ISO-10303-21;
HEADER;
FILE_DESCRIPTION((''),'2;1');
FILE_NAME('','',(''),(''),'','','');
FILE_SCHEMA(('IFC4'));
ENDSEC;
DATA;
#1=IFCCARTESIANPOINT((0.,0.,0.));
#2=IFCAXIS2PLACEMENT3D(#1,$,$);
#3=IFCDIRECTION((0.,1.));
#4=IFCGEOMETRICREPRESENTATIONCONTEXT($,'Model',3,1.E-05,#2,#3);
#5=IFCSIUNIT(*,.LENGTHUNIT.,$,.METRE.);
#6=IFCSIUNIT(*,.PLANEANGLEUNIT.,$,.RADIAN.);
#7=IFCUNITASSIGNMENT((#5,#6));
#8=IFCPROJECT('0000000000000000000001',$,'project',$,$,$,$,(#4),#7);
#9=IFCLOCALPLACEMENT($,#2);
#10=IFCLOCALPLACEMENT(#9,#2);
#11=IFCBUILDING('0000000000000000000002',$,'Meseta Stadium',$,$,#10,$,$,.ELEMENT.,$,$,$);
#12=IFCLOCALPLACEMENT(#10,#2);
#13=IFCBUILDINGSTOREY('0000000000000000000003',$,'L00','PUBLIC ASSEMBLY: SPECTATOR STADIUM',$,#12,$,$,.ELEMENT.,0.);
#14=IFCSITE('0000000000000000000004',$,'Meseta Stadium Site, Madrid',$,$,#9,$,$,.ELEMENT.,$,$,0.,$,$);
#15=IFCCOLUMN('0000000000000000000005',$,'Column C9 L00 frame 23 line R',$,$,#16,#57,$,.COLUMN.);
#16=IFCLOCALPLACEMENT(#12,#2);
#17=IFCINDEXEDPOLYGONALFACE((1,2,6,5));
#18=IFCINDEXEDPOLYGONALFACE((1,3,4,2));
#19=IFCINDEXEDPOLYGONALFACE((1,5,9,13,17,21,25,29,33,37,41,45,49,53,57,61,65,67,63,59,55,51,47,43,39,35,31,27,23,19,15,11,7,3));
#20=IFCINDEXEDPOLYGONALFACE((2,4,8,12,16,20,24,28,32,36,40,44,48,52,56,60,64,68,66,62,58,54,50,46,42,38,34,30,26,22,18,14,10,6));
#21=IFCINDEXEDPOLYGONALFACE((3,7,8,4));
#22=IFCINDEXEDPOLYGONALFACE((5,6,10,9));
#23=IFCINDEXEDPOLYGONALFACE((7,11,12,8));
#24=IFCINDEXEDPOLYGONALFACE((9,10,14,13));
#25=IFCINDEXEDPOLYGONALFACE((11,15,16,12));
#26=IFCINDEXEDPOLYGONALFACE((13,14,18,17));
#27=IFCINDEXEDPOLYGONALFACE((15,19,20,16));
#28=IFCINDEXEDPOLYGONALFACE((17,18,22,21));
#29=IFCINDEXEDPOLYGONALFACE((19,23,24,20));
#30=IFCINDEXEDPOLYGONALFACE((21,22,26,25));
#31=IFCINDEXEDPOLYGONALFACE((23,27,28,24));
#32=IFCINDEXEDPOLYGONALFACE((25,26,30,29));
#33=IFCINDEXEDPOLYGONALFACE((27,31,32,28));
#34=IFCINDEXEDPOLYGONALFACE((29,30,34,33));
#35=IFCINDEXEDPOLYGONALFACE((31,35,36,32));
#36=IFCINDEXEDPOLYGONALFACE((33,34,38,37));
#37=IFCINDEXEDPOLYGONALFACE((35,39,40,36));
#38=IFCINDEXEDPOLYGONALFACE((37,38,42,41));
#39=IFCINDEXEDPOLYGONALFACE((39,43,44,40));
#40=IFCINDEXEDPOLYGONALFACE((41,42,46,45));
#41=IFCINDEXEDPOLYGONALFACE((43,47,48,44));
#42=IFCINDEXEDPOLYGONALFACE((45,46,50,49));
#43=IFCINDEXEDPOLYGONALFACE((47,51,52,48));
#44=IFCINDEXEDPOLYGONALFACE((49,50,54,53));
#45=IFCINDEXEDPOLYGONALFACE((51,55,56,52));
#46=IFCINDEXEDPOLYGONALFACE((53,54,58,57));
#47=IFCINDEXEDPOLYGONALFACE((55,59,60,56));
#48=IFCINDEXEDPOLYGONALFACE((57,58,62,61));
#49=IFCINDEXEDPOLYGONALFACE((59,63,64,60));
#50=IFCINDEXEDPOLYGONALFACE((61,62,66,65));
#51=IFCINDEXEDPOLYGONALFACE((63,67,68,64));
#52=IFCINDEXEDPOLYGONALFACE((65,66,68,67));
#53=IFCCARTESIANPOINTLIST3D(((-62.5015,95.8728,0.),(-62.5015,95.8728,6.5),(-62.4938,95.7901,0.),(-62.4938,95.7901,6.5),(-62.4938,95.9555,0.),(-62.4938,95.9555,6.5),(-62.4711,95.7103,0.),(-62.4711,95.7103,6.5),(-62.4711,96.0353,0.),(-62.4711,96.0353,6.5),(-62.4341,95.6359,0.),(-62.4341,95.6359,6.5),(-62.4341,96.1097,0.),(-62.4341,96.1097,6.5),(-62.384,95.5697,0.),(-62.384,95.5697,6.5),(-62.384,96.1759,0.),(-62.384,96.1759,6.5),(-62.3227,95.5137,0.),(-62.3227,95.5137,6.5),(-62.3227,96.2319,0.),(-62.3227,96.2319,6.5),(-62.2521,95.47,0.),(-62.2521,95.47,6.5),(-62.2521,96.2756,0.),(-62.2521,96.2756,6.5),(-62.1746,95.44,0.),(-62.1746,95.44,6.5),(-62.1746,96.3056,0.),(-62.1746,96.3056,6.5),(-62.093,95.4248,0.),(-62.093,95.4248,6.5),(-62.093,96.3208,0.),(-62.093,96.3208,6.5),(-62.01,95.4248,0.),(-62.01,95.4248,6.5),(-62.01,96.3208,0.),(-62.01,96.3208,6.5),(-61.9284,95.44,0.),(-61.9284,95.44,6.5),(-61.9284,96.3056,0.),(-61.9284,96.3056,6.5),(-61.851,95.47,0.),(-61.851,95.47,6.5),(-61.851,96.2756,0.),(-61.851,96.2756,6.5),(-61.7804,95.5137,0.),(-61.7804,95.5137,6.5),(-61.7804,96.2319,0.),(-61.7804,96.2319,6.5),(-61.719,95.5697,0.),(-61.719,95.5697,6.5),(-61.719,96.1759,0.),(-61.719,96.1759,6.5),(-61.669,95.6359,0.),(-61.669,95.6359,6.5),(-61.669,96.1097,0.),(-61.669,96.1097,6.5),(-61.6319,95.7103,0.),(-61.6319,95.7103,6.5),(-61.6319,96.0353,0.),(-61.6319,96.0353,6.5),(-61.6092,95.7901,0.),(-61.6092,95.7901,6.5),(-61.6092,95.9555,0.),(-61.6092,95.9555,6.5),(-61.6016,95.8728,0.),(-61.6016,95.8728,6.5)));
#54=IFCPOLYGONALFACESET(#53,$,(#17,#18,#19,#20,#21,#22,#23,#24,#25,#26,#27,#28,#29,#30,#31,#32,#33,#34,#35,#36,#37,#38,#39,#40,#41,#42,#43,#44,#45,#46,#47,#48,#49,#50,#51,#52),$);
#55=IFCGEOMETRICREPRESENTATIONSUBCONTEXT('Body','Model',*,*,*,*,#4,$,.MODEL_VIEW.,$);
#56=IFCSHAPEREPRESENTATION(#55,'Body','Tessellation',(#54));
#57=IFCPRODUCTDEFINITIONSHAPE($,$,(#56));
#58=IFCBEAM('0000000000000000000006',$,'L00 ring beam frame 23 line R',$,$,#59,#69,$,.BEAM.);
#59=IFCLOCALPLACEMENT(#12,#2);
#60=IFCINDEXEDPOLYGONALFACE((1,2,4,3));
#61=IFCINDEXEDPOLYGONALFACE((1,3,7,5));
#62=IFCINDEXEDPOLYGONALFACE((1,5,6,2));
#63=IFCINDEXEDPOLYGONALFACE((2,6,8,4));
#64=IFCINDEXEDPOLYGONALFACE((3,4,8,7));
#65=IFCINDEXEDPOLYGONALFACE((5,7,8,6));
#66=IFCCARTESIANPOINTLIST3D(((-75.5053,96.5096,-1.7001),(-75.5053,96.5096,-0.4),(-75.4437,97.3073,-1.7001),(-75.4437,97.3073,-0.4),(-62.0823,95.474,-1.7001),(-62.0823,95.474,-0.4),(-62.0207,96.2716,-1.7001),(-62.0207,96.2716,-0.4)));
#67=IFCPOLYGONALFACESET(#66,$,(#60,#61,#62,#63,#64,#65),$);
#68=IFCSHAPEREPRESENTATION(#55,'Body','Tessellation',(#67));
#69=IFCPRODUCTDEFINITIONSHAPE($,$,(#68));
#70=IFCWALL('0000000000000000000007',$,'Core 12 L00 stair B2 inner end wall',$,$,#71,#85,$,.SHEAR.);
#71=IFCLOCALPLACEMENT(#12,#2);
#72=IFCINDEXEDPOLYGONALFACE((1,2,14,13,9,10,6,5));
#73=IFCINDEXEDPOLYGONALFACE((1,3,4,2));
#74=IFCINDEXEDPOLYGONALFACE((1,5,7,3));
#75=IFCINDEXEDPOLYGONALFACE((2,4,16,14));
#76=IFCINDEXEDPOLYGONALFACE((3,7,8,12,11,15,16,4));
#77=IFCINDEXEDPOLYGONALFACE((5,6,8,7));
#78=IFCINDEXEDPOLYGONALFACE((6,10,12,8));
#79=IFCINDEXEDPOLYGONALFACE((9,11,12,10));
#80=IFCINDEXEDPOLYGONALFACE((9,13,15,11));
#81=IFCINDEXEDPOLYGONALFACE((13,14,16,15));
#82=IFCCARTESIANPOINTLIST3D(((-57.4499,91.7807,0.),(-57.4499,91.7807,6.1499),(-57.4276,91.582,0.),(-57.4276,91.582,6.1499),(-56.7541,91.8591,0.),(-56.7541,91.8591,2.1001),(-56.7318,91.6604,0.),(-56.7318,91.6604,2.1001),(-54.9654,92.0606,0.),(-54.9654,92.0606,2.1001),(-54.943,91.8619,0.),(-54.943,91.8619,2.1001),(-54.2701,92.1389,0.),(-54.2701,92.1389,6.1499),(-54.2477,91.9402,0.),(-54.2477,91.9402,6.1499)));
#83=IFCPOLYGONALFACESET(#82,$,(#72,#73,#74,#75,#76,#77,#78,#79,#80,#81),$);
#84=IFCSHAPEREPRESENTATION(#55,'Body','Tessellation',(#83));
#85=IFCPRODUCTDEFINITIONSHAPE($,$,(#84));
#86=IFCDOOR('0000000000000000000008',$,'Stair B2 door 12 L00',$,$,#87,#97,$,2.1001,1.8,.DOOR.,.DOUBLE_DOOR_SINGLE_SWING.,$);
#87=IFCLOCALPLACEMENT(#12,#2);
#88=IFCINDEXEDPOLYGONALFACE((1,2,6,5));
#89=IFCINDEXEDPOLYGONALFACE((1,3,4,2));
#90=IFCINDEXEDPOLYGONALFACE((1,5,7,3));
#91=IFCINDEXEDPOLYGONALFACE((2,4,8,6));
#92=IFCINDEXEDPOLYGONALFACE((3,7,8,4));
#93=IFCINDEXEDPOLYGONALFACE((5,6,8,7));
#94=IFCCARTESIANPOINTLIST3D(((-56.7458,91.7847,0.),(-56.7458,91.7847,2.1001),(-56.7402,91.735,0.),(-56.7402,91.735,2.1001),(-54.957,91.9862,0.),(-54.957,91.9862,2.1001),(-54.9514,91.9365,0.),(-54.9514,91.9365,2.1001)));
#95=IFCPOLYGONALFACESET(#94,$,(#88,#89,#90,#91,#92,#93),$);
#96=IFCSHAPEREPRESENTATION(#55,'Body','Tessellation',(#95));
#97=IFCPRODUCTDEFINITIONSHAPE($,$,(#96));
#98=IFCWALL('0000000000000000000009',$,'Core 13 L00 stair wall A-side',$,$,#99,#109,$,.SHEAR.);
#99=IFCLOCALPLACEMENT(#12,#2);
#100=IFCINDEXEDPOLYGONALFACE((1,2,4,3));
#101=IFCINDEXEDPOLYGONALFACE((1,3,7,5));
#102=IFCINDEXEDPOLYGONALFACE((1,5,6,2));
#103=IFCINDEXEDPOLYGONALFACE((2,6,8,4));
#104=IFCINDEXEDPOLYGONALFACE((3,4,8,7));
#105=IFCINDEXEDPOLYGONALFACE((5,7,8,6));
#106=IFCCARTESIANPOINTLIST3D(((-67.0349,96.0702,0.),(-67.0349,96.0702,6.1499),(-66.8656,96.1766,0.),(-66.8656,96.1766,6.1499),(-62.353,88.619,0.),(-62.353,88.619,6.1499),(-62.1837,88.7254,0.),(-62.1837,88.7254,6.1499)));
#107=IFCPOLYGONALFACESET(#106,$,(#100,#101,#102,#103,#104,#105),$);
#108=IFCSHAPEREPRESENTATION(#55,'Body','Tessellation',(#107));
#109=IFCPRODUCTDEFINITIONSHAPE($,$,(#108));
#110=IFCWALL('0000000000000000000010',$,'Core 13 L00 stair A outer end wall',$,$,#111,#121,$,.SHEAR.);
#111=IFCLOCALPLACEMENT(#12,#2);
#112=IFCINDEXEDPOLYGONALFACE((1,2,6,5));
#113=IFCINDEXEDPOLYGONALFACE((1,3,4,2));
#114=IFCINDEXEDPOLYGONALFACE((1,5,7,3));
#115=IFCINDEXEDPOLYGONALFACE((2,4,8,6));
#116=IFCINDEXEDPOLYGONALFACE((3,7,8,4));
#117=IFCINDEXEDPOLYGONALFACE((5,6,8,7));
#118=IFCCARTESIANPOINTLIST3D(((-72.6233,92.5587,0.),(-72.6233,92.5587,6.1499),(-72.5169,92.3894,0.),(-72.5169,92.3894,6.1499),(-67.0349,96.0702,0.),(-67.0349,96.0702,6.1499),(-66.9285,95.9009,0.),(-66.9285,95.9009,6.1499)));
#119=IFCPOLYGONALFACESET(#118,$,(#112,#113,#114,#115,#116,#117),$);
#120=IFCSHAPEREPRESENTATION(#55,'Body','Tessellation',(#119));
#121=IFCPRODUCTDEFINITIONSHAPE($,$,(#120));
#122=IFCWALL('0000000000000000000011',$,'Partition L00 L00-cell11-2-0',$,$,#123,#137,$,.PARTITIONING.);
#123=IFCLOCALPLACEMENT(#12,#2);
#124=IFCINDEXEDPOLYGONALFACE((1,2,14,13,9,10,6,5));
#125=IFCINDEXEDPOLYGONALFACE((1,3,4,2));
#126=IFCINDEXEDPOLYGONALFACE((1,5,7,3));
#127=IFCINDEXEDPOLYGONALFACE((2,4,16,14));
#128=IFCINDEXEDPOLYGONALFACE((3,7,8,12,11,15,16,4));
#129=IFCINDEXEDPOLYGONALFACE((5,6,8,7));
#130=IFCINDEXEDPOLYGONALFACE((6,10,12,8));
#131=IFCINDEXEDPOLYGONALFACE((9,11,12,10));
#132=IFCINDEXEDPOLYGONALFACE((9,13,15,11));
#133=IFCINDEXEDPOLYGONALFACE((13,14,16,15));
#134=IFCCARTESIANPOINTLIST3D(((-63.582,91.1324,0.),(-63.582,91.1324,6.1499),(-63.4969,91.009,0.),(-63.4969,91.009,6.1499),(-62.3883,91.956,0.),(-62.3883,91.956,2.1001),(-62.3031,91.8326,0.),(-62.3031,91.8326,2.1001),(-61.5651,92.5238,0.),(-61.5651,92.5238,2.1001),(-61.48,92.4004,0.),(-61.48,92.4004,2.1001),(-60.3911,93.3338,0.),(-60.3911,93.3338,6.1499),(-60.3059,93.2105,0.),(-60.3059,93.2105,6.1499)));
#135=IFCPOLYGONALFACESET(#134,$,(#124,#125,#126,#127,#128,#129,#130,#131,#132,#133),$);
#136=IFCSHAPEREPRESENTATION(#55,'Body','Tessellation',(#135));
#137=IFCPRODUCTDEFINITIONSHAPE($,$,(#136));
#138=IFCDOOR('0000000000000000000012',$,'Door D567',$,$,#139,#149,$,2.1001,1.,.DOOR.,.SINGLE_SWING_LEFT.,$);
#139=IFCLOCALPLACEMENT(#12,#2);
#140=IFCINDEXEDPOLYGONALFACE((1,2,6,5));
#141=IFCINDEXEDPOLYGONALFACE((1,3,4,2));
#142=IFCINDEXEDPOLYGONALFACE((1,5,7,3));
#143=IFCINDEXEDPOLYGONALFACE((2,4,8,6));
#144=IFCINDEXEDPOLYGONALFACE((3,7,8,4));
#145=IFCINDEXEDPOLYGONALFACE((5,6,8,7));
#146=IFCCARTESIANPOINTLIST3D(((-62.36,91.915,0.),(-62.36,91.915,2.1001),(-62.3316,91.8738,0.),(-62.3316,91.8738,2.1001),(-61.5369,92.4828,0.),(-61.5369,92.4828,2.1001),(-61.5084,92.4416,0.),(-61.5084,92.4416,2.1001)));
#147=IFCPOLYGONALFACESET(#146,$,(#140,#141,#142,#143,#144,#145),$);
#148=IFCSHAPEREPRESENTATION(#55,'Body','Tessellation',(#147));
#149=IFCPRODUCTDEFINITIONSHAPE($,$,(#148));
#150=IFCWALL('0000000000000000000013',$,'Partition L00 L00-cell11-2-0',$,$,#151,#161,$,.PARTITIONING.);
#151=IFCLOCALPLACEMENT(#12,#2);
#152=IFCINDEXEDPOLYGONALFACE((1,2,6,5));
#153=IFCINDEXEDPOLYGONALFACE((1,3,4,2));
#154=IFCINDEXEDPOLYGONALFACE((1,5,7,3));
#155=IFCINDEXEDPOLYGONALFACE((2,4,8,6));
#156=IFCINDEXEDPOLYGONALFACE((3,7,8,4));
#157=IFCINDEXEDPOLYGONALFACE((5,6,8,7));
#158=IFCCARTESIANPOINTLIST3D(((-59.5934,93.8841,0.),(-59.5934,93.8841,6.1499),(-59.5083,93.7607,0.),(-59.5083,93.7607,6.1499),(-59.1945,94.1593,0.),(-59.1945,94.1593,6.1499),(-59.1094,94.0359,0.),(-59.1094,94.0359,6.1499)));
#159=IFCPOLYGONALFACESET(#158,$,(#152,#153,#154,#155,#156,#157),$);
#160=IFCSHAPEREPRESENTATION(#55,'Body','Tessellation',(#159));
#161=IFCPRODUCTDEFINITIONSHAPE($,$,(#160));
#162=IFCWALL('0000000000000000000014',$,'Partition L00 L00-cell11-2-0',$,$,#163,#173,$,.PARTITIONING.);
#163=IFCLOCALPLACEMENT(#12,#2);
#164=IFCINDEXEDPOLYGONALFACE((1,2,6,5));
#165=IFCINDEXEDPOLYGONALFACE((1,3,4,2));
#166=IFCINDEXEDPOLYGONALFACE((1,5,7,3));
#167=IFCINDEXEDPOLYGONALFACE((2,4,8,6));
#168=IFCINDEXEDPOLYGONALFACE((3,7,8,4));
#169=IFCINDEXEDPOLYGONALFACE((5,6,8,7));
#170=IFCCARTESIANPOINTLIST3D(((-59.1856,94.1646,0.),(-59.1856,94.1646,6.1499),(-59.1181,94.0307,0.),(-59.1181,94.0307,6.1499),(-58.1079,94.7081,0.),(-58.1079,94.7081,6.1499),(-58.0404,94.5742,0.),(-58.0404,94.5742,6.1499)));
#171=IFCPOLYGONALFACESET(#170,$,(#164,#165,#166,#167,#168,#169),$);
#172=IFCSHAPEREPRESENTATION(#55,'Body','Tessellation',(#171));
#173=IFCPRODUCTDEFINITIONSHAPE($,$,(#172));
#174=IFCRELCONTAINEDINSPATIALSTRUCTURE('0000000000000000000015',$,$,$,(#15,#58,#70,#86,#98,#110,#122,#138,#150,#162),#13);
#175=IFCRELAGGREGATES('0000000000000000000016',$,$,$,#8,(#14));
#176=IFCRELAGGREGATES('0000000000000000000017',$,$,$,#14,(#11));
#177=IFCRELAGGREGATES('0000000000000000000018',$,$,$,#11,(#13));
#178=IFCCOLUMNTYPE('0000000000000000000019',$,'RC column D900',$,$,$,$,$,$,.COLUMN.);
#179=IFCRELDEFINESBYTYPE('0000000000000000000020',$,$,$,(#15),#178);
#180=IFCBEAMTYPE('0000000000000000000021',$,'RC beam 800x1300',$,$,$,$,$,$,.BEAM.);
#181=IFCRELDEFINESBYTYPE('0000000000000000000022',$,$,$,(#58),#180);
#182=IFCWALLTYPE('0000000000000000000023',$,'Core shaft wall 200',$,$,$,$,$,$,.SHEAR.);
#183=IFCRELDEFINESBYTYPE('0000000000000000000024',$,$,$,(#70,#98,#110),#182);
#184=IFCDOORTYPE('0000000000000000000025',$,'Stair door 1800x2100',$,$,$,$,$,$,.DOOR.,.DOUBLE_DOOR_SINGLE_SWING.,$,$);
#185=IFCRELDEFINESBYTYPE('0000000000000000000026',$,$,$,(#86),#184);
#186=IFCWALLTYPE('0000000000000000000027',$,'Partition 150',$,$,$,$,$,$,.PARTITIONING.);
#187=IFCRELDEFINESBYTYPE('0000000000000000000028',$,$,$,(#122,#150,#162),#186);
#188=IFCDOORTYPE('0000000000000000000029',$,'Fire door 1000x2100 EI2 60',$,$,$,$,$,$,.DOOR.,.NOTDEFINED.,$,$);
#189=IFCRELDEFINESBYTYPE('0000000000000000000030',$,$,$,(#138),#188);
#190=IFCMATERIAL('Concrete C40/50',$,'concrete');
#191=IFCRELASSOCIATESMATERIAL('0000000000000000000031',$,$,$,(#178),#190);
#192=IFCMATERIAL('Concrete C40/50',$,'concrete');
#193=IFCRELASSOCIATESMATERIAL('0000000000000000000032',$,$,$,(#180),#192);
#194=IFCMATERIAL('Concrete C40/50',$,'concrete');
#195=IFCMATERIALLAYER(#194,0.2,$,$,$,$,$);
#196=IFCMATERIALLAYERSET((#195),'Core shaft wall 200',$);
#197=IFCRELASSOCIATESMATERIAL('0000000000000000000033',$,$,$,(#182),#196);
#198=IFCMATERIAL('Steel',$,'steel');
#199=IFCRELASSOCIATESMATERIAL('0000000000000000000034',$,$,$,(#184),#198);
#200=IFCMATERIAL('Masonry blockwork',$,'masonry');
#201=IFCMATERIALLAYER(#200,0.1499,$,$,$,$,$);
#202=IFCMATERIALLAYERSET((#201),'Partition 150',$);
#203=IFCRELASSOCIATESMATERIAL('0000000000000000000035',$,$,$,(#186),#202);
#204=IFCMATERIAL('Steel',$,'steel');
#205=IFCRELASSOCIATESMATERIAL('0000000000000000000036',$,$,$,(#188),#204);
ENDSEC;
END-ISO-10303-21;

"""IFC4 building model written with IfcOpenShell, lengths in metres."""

from ifc_helpers import new_model, si_unit, direction, frame, frame_2d, origin, origin_2d, place, context, subcontext, project, spatial, rectangle, circle, extrude, material, layer, layer_set, material_profile, profile_set, type_object, element, fill, save


model = new_model("IFC4")

# Units and contexts
model_context = context("Model", 3, precision=1e-05, world=origin(), true_north=direction((0.0, 1.0)))
body_context = subcontext(model_context, "Body", "Model", "MODEL_VIEW")
ifc_project = project(units=[si_unit("LENGTHUNIT", "METRE"), si_unit("PLANEANGLEUNIT", "RADIAN")], contexts=[model_context])

# Site, building, storey
site_placement = place(None, origin())
site = spatial("IfcSite", under=ifc_project, at=site_placement, Name="Meseta Stadium Site, Madrid", CompositionType="ELEMENT", RefElevation=0.0)
building_placement = place(site_placement, origin())
building = spatial("IfcBuilding", under=site, at=building_placement, Name="Meseta Stadium", CompositionType="ELEMENT")
storey_placement = place(building_placement, origin())
storey = spatial("IfcBuildingStorey", under=building, at=storey_placement, Name="L00", Description="PUBLIC ASSEMBLY: SPECTATOR STADIUM", CompositionType="ELEMENT", Elevation=0.0)

# Column
ifc_material_1 = material(Name="Concrete C40/50", Category="concrete")
ifc_material_profile_1 = material_profile(ifc_material_1, circle(Radius=0.45, at=origin_2d()), Name="RC D900")
ifc_profile_set_1 = profile_set([ifc_material_profile_1], Name="Concrete C40/50")
column_type = type_object("IfcColumnType", Name="RC column D900", PredefinedType="COLUMN", material=ifc_profile_set_1)
column_placement = place(storey_placement, frame((-62.0515, 95.8728, 0.0), z_axis=(0.0, 0.0, 1.0), x_axis=(1.0, 0.0, 0.0)))
element("IfcColumn", 1, at=column_placement, inside=storey, type_object=column_type, Name="Column C9 L00 frame 23 line R", PredefinedType="COLUMN", context=body_context, shape_type="SweptSolid", body=[
    extrude(circle(Radius=0.45, at=origin_2d()), origin(), (0.0, 0.0, 1.0), 6.5),
])

# Beam
ifc_material_2 = material(Name="Concrete C40/50", Category="concrete")
ifc_material_profile_2 = material_profile(ifc_material_2, rectangle(XDim=0.8, YDim=1.3, at=origin_2d()), Name="RC 800x1300")
ifc_profile_set_2 = profile_set([ifc_material_profile_2], Name="Concrete C40/50")
beam_type = type_object("IfcBeamType", Name="RC beam 800x1300", PredefinedType="BEAM", material=ifc_profile_set_2)
beam_placement = place(storey_placement, frame((-62.0515, 95.8728, -1.05), z_axis=(-0.997037, 0.076925, 0.0), x_axis=(-0.076925, -0.997037, 0.0)))
element("IfcBeam", 2, at=beam_placement, inside=storey, type_object=beam_type, Name="L00 ring beam frame 23 line R", PredefinedType="BEAM", context=body_context, shape_type="SweptSolid", body=[
    extrude(rectangle(XDim=0.8, YDim=1.3, at=origin_2d()), origin(), (0.0, 0.0, 1.0), 13.4629),
])

# Wall, opening, door
ifc_material_3 = material(Name="Concrete C40/50", Category="concrete")
ifc_layer_1 = layer(ifc_material_3, 0.2)
ifc_layer_set_1 = layer_set([ifc_layer_1], Name="Core shaft wall 200")
wall_type_1 = type_object("IfcWallType", Name="Core shaft wall 200", PredefinedType="SHEAR", material=ifc_layer_set_1)
wall_1_placement = place(storey_placement, frame((-54.2588, 92.0396, 0.0), z_axis=(0.0, 0.0, 1.0), x_axis=(-0.993717, -0.111922, 0.0)))
wall_1 = element("IfcWall", 3, at=wall_1_placement, inside=storey, type_object=wall_type_1, Name="Core 12 L00 stair B2 inner end wall", PredefinedType="SHEAR", context=body_context, shape_type="SweptSolid", body=[
    extrude(rectangle(XDim=3.2, YDim=0.2, at=frame_2d((1.6001, 0.0))), origin(), (0.0, 0.0, 1.0), 6.1499),
])
opening_1_placement = place(wall_1_placement, frame((0.7, 0.0, 0.0)))
opening_1 = element("IfcOpeningElement", 4, at=opening_1_placement, cuts=wall_1, PredefinedType="OPENING", context=body_context, shape_type="SweptSolid", body=[
    extrude(rectangle(XDim=1.8, YDim=2.1001, at=frame_2d((0.8999, 1.05))), frame((0.0, 0.1099, 0.0), z_axis=(0.0, -1.0, 0.0), x_axis=(1.0, 0.0, 0.0)), (0.0, 0.0, 1.0), 0.22),
])
ifc_material_4 = material(Name="Steel", Category="steel")
door_type_1 = type_object("IfcDoorType", Name="Stair door 1800x2100", OperationType="DOUBLE_DOOR_SINGLE_SWING", PredefinedType="DOOR", material=ifc_material_4)
door_1_placement = place(opening_1_placement, origin())
door_1 = element("IfcDoor", 5, at=door_1_placement, inside=storey, type_object=door_type_1, Name="Stair B2 door 12 L00", OperationType="DOUBLE_DOOR_SINGLE_SWING", OverallHeight=2.1001, OverallWidth=1.8, PredefinedType="DOOR", context=body_context, shape_type="SweptSolid", body=[
    extrude(rectangle(XDim=1.8, YDim=2.1001, at=frame_2d((0.8999, 1.05))), frame((0.0, 0.0249, 0.0), z_axis=(0.0, -1.0, 0.0), x_axis=(1.0, 0.0, 0.0)), (0.0, 0.0, 1.0), 0.05),
])
fill(opening_1, door_1)

# Walls
wall_2_placement = place(storey_placement, frame((-66.9502, 96.1233, 0.0), z_axis=(0.0, 0.0, 1.0), x_axis=(0.532032, -0.846724, 0.0)))
element("IfcWall", 6, at=wall_2_placement, inside=storey, type_object=wall_type_1, Name="Core 13 L00 stair wall A-side", PredefinedType="SHEAR", context=body_context, shape_type="SweptSolid", body=[
    extrude(rectangle(XDim=8.8, YDim=0.2, at=frame_2d((4.3999, 0.0))), origin(), (0.0, 0.0, 1.0), 6.1499),
])
wall_3_placement = place(storey_placement, frame((-66.9817, 95.9856, 0.0), z_axis=(0.0, 0.0, 1.0), x_axis=(-0.84672, -0.532039, 0.0)))
element("IfcWall", 7, at=wall_3_placement, inside=storey, type_object=wall_type_1, Name="Core 13 L00 stair A outer end wall", PredefinedType="SHEAR", context=body_context, shape_type="SweptSolid", body=[
    extrude(rectangle(XDim=6.6001, YDim=0.2, at=frame_2d((3.3, 0.0))), origin(), (0.0, 0.0, 1.0), 6.1499),
])

# Wall, opening, door
ifc_material_5 = material(Name="Masonry blockwork", Category="masonry")
ifc_layer_2 = layer(ifc_material_5, 0.1499)
ifc_layer_set_2 = layer_set([ifc_layer_2], Name="Partition 150")
wall_type_2 = type_object("IfcWallType", Name="Partition 150", PredefinedType="PARTITIONING", material=ifc_layer_set_2)
wall_4_placement = place(storey_placement, frame((-60.3484, 93.2722, 0.0), z_axis=(0.0, 0.0, 1.0), x_axis=(-0.823118, -0.56787, 0.0)))
wall_4 = element("IfcWall", 8, at=wall_4_placement, inside=storey, type_object=wall_type_2, Name="Partition L00 L00-cell11-2-0", PredefinedType="PARTITIONING", context=body_context, shape_type="SweptSolid", body=[
    extrude(rectangle(XDim=3.8767, YDim=0.1499, at=frame_2d((1.9385, 0.0))), origin(), (0.0, 0.0, 1.0), 6.1499),
])
opening_2_placement = place(wall_4_placement, frame((1.4265, 0.0, 0.0)))
opening_2 = element("IfcOpeningElement", 9, at=opening_2_placement, cuts=wall_4, PredefinedType="OPENING", context=body_context, shape_type="SweptSolid", body=[
    extrude(rectangle(XDim=1.0, YDim=2.1001, at=frame_2d((0.5, 1.05))), frame((0.0, 0.085, 0.0), z_axis=(0.0, -1.0, 0.0), x_axis=(1.0, 0.0, 0.0)), (0.0, 0.0, 1.0), 0.1699),
])
ifc_material_6 = material(Name="Steel", Category="steel")
door_type_2 = type_object("IfcDoorType", Name="Fire door 1000x2100 EI2 60", OperationType="NOTDEFINED", PredefinedType="DOOR", material=ifc_material_6)
door_2_placement = place(opening_2_placement, origin())
door_2 = element("IfcDoor", 10, at=door_2_placement, inside=storey, type_object=door_type_2, Name="Door D567", OperationType="SINGLE_SWING_LEFT", OverallHeight=2.1001, OverallWidth=1.0, PredefinedType="DOOR", context=body_context, shape_type="SweptSolid", body=[
    extrude(rectangle(XDim=1.0, YDim=2.1001, at=frame_2d((0.5, 1.05))), frame((0.0, 0.0249, 0.0), z_axis=(0.0, -1.0, 0.0), x_axis=(1.0, 0.0, 0.0)), (0.0, 0.0, 1.0), 0.05),
])
fill(opening_2, door_2)

# Walls
wall_5_placement = place(storey_placement, frame((-59.5508, 93.8225, 0.0), z_axis=(0.0, 0.0, 1.0), x_axis=(0.823188, 0.567768, 0.0)))
element("IfcWall", 11, at=wall_5_placement, inside=storey, type_object=wall_type_2, Name="Partition L00 L00-cell11-2-0", PredefinedType="PARTITIONING", context=body_context, shape_type="SweptSolid", body=[
    extrude(rectangle(XDim=0.4846, YDim=0.1499, at=frame_2d((0.2422, 0.0))), origin(), (0.0, 0.0, 1.0), 6.1499),
])
wall_6_placement = place(storey_placement, frame((-59.1519, 94.0977, 0.0), z_axis=(0.0, 0.0, 1.0), x_axis=(0.892885, 0.450286, 0.0)))
element("IfcWall", 12, at=wall_6_placement, inside=storey, type_object=wall_type_2, Name="Partition L00 L00-cell11-2-0", PredefinedType="PARTITIONING", context=body_context, shape_type="SweptSolid", body=[
    extrude(rectangle(XDim=1.207, YDim=0.1499, at=frame_2d((0.6035, 0.0))), origin(), (0.0, 0.0, 1.0), 6.1499),
])

save(model, "model.ifc")
